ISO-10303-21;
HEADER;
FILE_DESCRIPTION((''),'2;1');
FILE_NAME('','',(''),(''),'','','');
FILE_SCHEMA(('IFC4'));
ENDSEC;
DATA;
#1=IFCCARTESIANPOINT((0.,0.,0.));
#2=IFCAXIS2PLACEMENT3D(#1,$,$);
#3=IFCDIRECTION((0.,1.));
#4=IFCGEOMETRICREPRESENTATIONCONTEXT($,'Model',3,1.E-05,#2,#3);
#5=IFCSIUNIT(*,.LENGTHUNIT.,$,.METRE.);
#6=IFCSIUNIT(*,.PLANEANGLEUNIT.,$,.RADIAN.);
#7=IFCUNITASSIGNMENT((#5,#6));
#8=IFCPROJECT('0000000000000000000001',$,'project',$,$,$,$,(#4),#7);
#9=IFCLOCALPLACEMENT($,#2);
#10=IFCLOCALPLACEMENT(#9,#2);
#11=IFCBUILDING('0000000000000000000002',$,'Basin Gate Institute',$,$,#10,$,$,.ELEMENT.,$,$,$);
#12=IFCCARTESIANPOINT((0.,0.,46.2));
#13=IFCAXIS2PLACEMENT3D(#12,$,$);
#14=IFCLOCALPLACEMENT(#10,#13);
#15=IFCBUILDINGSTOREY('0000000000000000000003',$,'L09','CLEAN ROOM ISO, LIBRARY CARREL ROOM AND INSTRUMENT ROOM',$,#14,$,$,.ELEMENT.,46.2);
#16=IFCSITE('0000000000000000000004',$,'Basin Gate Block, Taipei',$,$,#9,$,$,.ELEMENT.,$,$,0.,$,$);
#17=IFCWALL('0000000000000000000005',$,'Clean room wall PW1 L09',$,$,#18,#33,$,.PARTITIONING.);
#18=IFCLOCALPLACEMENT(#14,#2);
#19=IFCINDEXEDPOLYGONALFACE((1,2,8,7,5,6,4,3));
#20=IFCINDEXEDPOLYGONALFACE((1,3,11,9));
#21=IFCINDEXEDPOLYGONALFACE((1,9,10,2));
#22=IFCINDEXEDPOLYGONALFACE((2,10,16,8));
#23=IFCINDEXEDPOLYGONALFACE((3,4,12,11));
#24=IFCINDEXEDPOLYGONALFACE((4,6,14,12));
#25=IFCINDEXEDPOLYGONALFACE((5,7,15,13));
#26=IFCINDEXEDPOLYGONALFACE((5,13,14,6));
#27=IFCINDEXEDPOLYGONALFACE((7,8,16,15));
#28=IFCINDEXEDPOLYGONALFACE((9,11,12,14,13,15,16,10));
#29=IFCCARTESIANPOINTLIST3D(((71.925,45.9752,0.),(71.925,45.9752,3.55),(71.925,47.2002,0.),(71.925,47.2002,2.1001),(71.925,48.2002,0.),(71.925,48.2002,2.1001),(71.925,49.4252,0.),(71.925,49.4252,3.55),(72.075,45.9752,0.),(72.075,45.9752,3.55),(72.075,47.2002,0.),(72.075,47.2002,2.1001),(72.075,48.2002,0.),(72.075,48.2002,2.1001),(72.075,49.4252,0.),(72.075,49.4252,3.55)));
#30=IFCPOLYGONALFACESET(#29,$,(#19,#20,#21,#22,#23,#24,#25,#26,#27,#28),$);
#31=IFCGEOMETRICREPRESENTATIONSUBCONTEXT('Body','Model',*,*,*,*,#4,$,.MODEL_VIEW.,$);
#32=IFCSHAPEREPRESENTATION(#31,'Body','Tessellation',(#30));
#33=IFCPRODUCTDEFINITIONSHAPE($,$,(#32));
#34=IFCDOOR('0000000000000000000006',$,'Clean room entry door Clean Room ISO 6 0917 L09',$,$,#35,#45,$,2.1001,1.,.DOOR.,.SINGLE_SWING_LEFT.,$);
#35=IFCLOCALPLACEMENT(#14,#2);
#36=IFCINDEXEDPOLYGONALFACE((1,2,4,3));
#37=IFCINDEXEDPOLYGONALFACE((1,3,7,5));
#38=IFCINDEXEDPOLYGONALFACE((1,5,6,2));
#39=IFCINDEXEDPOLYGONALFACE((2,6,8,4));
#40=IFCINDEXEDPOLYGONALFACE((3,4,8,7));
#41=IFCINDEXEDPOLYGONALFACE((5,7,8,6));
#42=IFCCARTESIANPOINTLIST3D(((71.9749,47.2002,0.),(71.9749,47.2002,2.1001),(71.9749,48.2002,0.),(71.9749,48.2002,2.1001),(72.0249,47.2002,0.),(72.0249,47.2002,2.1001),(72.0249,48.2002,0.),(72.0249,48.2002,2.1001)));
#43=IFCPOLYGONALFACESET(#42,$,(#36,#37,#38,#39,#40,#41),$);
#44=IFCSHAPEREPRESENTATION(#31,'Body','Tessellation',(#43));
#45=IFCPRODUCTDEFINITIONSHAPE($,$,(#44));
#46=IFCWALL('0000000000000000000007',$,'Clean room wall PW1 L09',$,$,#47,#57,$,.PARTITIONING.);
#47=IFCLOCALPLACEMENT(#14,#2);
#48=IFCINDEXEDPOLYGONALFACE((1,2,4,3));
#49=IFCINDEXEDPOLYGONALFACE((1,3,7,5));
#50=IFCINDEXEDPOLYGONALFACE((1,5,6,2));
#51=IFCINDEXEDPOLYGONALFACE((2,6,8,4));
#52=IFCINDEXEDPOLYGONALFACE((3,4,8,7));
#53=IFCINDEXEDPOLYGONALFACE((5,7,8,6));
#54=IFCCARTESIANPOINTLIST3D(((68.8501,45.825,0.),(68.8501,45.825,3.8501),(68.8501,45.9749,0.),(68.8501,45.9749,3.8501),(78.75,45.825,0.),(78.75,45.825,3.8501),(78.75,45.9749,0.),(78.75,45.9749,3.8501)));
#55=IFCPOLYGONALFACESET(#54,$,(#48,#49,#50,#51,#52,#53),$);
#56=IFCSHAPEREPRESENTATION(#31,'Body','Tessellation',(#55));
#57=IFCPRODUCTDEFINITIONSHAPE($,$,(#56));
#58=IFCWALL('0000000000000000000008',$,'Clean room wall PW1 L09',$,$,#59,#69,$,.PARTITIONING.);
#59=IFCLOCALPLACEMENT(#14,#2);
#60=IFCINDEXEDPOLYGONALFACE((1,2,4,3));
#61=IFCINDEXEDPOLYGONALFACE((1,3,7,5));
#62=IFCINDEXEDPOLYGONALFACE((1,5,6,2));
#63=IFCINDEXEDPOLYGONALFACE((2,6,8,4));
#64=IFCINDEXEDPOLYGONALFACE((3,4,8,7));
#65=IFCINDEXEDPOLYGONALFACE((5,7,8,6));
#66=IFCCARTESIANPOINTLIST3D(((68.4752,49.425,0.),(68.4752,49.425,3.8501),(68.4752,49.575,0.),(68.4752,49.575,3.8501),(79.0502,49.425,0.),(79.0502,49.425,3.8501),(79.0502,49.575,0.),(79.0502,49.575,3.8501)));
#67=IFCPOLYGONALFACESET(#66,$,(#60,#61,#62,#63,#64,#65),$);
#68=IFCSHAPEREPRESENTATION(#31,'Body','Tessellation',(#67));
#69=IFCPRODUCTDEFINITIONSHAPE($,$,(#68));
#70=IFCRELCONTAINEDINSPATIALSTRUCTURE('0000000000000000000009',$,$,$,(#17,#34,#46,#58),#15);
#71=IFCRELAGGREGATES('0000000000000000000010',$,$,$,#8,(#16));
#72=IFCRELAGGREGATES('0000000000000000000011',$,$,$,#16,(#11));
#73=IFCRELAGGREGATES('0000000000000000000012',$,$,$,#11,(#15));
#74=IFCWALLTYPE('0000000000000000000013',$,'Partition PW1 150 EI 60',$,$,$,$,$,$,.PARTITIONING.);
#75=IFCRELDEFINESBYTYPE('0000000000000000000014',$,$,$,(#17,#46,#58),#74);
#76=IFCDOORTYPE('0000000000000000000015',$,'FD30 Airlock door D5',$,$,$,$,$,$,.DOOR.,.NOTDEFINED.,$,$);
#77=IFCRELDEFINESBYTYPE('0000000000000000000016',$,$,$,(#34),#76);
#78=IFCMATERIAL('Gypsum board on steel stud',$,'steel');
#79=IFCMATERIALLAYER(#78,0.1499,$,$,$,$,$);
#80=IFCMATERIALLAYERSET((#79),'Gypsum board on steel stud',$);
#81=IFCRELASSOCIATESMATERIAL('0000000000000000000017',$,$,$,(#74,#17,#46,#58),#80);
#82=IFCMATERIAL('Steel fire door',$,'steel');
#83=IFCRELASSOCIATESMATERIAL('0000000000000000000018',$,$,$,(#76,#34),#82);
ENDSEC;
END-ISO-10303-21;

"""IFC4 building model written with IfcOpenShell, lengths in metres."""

from ifc_helpers import new_model, si_unit, direction, frame, frame_2d, origin, place, context, subcontext, project, spatial, rectangle, extrude, material, layer, layer_set, type_object, element, fill, save


model = new_model("IFC4")

# Units and contexts
model_context = context("Model", 3, precision=1e-05, world=origin(), true_north=direction((0.0, 1.0)))
body_context = subcontext(model_context, "Body", "Model", "MODEL_VIEW")
ifc_project = project(units=[si_unit("LENGTHUNIT", "METRE"), si_unit("PLANEANGLEUNIT", "RADIAN")], contexts=[model_context])

# Site, building, storey
site_placement = place(None, origin())
site = spatial("IfcSite", under=ifc_project, at=site_placement, Name="Basin Gate Block, Taipei", CompositionType="ELEMENT", RefElevation=0.0)
building_placement = place(site_placement, origin())
building = spatial("IfcBuilding", under=site, at=building_placement, Name="Basin Gate Institute", CompositionType="ELEMENT")
storey_placement = place(building_placement, frame((0.0, 0.0, 46.2)))
storey = spatial("IfcBuildingStorey", under=building, at=storey_placement, Name="L09", Description="CLEAN ROOM ISO, LIBRARY CARREL ROOM AND INSTRUMENT ROOM", CompositionType="ELEMENT", Elevation=46.2)

# Shared definitions
ifc_material_1 = material(Name="Gypsum board on steel stud", Category="steel")
ifc_layer_1 = layer(ifc_material_1, 0.1499)
ifc_layer_set_1 = layer_set([ifc_layer_1], Name="Gypsum board on steel stud")
wall_type = type_object("IfcWallType", Name="Partition PW1 150 EI 60", PredefinedType="PARTITIONING", material=ifc_layer_set_1)

# Wall, opening, door
wall_1_placement = place(storey_placement, frame((72.0, 45.9751, 0.0), z_axis=(0.0, 0.0, 1.0), x_axis=(0.0, 1.0, 0.0)))
wall_1 = element("IfcWall", 1, at=wall_1_placement, inside=storey, type_object=wall_type, material=ifc_layer_set_1, Name="Clean room wall PW1 L09", PredefinedType="PARTITIONING", context=body_context, shape_type="SweptSolid", body=[
    extrude(rectangle(XDim=3.45, YDim=0.1499, at=frame_2d((1.7251, 0.0))), origin(), (0.0, 0.0, 1.0), 3.55),
])
opening_1_placement = place(wall_1_placement, frame((1.2251, 0.0, 0.0)))
opening_1 = element("IfcOpeningElement", 2, at=opening_1_placement, cuts=wall_1, PredefinedType="OPENING", context=body_context, shape_type="SweptSolid", body=[
    extrude(rectangle(XDim=1.0, YDim=2.1001, at=frame_2d((0.5, 1.05))), frame((0.0, 0.085, 0.0), z_axis=(0.0, -1.0, 0.0), x_axis=(1.0, 0.0, 0.0)), (0.0, 0.0, 1.0), 0.1699),
])
ifc_material_2 = material(Name="Steel fire door", Category="steel")
door_type_1 = type_object("IfcDoorType", Name="FD30 Airlock door D5", OperationType="NOTDEFINED", PredefinedType="DOOR", material=ifc_material_2)
door_1_placement = place(opening_1_placement, frame((1.0, 0.0, 0.0), z_axis=(0.0, 0.0, 1.0), x_axis=(-1.0, 0.0, 0.0)))
door_1 = element("IfcDoor", 3, at=door_1_placement, inside=storey, type_object=door_type_1, material=ifc_material_2, Name="Clean room entry door Clean Room ISO 6 0917 L09", OperationType="SINGLE_SWING_LEFT", OverallHeight=2.1001, OverallWidth=1.0, PredefinedType="DOOR", context=body_context, shape_type="SweptSolid", body=[
    extrude(rectangle(XDim=1.0, YDim=2.1001, at=frame_2d((0.5, 1.05))), frame((0.0, 0.0249, 0.0), z_axis=(0.0, -1.0, 0.0), x_axis=(1.0, 0.0, 0.0)), (0.0, 0.0, 1.0), 0.05),
])
fill(opening_1, door_1)

# Walls
wall_2_placement = place(storey_placement, frame((68.8501, 45.8999, 0.0), z_axis=(0.0, 0.0, 1.0), x_axis=(1.0, 0.0, 0.0)))
element("IfcWall", 4, at=wall_2_placement, inside=storey, type_object=wall_type, material=ifc_layer_set_1, Name="Clean room wall PW1 L09", PredefinedType="PARTITIONING", context=body_context, shape_type="SweptSolid", body=[
    extrude(rectangle(XDim=9.8999, YDim=0.1499, at=frame_2d((4.95, 0.0))), origin(), (0.0, 0.0, 1.0), 3.8501),
])
wall_3_placement = place(storey_placement, frame((68.4751, 49.5, 0.0), z_axis=(0.0, 0.0, 1.0), x_axis=(1.0, 0.0, 0.0)))
element("IfcWall", 5, at=wall_3_placement, inside=storey, type_object=wall_type, material=ifc_layer_set_1, Name="Clean room wall PW1 L09", PredefinedType="PARTITIONING", context=body_context, shape_type="SweptSolid", body=[
    extrude(rectangle(XDim=10.575, YDim=0.1499, at=frame_2d((5.2876, 0.0))), origin(), (0.0, 0.0, 1.0), 3.8501),
])

save(model, "model.ifc")
